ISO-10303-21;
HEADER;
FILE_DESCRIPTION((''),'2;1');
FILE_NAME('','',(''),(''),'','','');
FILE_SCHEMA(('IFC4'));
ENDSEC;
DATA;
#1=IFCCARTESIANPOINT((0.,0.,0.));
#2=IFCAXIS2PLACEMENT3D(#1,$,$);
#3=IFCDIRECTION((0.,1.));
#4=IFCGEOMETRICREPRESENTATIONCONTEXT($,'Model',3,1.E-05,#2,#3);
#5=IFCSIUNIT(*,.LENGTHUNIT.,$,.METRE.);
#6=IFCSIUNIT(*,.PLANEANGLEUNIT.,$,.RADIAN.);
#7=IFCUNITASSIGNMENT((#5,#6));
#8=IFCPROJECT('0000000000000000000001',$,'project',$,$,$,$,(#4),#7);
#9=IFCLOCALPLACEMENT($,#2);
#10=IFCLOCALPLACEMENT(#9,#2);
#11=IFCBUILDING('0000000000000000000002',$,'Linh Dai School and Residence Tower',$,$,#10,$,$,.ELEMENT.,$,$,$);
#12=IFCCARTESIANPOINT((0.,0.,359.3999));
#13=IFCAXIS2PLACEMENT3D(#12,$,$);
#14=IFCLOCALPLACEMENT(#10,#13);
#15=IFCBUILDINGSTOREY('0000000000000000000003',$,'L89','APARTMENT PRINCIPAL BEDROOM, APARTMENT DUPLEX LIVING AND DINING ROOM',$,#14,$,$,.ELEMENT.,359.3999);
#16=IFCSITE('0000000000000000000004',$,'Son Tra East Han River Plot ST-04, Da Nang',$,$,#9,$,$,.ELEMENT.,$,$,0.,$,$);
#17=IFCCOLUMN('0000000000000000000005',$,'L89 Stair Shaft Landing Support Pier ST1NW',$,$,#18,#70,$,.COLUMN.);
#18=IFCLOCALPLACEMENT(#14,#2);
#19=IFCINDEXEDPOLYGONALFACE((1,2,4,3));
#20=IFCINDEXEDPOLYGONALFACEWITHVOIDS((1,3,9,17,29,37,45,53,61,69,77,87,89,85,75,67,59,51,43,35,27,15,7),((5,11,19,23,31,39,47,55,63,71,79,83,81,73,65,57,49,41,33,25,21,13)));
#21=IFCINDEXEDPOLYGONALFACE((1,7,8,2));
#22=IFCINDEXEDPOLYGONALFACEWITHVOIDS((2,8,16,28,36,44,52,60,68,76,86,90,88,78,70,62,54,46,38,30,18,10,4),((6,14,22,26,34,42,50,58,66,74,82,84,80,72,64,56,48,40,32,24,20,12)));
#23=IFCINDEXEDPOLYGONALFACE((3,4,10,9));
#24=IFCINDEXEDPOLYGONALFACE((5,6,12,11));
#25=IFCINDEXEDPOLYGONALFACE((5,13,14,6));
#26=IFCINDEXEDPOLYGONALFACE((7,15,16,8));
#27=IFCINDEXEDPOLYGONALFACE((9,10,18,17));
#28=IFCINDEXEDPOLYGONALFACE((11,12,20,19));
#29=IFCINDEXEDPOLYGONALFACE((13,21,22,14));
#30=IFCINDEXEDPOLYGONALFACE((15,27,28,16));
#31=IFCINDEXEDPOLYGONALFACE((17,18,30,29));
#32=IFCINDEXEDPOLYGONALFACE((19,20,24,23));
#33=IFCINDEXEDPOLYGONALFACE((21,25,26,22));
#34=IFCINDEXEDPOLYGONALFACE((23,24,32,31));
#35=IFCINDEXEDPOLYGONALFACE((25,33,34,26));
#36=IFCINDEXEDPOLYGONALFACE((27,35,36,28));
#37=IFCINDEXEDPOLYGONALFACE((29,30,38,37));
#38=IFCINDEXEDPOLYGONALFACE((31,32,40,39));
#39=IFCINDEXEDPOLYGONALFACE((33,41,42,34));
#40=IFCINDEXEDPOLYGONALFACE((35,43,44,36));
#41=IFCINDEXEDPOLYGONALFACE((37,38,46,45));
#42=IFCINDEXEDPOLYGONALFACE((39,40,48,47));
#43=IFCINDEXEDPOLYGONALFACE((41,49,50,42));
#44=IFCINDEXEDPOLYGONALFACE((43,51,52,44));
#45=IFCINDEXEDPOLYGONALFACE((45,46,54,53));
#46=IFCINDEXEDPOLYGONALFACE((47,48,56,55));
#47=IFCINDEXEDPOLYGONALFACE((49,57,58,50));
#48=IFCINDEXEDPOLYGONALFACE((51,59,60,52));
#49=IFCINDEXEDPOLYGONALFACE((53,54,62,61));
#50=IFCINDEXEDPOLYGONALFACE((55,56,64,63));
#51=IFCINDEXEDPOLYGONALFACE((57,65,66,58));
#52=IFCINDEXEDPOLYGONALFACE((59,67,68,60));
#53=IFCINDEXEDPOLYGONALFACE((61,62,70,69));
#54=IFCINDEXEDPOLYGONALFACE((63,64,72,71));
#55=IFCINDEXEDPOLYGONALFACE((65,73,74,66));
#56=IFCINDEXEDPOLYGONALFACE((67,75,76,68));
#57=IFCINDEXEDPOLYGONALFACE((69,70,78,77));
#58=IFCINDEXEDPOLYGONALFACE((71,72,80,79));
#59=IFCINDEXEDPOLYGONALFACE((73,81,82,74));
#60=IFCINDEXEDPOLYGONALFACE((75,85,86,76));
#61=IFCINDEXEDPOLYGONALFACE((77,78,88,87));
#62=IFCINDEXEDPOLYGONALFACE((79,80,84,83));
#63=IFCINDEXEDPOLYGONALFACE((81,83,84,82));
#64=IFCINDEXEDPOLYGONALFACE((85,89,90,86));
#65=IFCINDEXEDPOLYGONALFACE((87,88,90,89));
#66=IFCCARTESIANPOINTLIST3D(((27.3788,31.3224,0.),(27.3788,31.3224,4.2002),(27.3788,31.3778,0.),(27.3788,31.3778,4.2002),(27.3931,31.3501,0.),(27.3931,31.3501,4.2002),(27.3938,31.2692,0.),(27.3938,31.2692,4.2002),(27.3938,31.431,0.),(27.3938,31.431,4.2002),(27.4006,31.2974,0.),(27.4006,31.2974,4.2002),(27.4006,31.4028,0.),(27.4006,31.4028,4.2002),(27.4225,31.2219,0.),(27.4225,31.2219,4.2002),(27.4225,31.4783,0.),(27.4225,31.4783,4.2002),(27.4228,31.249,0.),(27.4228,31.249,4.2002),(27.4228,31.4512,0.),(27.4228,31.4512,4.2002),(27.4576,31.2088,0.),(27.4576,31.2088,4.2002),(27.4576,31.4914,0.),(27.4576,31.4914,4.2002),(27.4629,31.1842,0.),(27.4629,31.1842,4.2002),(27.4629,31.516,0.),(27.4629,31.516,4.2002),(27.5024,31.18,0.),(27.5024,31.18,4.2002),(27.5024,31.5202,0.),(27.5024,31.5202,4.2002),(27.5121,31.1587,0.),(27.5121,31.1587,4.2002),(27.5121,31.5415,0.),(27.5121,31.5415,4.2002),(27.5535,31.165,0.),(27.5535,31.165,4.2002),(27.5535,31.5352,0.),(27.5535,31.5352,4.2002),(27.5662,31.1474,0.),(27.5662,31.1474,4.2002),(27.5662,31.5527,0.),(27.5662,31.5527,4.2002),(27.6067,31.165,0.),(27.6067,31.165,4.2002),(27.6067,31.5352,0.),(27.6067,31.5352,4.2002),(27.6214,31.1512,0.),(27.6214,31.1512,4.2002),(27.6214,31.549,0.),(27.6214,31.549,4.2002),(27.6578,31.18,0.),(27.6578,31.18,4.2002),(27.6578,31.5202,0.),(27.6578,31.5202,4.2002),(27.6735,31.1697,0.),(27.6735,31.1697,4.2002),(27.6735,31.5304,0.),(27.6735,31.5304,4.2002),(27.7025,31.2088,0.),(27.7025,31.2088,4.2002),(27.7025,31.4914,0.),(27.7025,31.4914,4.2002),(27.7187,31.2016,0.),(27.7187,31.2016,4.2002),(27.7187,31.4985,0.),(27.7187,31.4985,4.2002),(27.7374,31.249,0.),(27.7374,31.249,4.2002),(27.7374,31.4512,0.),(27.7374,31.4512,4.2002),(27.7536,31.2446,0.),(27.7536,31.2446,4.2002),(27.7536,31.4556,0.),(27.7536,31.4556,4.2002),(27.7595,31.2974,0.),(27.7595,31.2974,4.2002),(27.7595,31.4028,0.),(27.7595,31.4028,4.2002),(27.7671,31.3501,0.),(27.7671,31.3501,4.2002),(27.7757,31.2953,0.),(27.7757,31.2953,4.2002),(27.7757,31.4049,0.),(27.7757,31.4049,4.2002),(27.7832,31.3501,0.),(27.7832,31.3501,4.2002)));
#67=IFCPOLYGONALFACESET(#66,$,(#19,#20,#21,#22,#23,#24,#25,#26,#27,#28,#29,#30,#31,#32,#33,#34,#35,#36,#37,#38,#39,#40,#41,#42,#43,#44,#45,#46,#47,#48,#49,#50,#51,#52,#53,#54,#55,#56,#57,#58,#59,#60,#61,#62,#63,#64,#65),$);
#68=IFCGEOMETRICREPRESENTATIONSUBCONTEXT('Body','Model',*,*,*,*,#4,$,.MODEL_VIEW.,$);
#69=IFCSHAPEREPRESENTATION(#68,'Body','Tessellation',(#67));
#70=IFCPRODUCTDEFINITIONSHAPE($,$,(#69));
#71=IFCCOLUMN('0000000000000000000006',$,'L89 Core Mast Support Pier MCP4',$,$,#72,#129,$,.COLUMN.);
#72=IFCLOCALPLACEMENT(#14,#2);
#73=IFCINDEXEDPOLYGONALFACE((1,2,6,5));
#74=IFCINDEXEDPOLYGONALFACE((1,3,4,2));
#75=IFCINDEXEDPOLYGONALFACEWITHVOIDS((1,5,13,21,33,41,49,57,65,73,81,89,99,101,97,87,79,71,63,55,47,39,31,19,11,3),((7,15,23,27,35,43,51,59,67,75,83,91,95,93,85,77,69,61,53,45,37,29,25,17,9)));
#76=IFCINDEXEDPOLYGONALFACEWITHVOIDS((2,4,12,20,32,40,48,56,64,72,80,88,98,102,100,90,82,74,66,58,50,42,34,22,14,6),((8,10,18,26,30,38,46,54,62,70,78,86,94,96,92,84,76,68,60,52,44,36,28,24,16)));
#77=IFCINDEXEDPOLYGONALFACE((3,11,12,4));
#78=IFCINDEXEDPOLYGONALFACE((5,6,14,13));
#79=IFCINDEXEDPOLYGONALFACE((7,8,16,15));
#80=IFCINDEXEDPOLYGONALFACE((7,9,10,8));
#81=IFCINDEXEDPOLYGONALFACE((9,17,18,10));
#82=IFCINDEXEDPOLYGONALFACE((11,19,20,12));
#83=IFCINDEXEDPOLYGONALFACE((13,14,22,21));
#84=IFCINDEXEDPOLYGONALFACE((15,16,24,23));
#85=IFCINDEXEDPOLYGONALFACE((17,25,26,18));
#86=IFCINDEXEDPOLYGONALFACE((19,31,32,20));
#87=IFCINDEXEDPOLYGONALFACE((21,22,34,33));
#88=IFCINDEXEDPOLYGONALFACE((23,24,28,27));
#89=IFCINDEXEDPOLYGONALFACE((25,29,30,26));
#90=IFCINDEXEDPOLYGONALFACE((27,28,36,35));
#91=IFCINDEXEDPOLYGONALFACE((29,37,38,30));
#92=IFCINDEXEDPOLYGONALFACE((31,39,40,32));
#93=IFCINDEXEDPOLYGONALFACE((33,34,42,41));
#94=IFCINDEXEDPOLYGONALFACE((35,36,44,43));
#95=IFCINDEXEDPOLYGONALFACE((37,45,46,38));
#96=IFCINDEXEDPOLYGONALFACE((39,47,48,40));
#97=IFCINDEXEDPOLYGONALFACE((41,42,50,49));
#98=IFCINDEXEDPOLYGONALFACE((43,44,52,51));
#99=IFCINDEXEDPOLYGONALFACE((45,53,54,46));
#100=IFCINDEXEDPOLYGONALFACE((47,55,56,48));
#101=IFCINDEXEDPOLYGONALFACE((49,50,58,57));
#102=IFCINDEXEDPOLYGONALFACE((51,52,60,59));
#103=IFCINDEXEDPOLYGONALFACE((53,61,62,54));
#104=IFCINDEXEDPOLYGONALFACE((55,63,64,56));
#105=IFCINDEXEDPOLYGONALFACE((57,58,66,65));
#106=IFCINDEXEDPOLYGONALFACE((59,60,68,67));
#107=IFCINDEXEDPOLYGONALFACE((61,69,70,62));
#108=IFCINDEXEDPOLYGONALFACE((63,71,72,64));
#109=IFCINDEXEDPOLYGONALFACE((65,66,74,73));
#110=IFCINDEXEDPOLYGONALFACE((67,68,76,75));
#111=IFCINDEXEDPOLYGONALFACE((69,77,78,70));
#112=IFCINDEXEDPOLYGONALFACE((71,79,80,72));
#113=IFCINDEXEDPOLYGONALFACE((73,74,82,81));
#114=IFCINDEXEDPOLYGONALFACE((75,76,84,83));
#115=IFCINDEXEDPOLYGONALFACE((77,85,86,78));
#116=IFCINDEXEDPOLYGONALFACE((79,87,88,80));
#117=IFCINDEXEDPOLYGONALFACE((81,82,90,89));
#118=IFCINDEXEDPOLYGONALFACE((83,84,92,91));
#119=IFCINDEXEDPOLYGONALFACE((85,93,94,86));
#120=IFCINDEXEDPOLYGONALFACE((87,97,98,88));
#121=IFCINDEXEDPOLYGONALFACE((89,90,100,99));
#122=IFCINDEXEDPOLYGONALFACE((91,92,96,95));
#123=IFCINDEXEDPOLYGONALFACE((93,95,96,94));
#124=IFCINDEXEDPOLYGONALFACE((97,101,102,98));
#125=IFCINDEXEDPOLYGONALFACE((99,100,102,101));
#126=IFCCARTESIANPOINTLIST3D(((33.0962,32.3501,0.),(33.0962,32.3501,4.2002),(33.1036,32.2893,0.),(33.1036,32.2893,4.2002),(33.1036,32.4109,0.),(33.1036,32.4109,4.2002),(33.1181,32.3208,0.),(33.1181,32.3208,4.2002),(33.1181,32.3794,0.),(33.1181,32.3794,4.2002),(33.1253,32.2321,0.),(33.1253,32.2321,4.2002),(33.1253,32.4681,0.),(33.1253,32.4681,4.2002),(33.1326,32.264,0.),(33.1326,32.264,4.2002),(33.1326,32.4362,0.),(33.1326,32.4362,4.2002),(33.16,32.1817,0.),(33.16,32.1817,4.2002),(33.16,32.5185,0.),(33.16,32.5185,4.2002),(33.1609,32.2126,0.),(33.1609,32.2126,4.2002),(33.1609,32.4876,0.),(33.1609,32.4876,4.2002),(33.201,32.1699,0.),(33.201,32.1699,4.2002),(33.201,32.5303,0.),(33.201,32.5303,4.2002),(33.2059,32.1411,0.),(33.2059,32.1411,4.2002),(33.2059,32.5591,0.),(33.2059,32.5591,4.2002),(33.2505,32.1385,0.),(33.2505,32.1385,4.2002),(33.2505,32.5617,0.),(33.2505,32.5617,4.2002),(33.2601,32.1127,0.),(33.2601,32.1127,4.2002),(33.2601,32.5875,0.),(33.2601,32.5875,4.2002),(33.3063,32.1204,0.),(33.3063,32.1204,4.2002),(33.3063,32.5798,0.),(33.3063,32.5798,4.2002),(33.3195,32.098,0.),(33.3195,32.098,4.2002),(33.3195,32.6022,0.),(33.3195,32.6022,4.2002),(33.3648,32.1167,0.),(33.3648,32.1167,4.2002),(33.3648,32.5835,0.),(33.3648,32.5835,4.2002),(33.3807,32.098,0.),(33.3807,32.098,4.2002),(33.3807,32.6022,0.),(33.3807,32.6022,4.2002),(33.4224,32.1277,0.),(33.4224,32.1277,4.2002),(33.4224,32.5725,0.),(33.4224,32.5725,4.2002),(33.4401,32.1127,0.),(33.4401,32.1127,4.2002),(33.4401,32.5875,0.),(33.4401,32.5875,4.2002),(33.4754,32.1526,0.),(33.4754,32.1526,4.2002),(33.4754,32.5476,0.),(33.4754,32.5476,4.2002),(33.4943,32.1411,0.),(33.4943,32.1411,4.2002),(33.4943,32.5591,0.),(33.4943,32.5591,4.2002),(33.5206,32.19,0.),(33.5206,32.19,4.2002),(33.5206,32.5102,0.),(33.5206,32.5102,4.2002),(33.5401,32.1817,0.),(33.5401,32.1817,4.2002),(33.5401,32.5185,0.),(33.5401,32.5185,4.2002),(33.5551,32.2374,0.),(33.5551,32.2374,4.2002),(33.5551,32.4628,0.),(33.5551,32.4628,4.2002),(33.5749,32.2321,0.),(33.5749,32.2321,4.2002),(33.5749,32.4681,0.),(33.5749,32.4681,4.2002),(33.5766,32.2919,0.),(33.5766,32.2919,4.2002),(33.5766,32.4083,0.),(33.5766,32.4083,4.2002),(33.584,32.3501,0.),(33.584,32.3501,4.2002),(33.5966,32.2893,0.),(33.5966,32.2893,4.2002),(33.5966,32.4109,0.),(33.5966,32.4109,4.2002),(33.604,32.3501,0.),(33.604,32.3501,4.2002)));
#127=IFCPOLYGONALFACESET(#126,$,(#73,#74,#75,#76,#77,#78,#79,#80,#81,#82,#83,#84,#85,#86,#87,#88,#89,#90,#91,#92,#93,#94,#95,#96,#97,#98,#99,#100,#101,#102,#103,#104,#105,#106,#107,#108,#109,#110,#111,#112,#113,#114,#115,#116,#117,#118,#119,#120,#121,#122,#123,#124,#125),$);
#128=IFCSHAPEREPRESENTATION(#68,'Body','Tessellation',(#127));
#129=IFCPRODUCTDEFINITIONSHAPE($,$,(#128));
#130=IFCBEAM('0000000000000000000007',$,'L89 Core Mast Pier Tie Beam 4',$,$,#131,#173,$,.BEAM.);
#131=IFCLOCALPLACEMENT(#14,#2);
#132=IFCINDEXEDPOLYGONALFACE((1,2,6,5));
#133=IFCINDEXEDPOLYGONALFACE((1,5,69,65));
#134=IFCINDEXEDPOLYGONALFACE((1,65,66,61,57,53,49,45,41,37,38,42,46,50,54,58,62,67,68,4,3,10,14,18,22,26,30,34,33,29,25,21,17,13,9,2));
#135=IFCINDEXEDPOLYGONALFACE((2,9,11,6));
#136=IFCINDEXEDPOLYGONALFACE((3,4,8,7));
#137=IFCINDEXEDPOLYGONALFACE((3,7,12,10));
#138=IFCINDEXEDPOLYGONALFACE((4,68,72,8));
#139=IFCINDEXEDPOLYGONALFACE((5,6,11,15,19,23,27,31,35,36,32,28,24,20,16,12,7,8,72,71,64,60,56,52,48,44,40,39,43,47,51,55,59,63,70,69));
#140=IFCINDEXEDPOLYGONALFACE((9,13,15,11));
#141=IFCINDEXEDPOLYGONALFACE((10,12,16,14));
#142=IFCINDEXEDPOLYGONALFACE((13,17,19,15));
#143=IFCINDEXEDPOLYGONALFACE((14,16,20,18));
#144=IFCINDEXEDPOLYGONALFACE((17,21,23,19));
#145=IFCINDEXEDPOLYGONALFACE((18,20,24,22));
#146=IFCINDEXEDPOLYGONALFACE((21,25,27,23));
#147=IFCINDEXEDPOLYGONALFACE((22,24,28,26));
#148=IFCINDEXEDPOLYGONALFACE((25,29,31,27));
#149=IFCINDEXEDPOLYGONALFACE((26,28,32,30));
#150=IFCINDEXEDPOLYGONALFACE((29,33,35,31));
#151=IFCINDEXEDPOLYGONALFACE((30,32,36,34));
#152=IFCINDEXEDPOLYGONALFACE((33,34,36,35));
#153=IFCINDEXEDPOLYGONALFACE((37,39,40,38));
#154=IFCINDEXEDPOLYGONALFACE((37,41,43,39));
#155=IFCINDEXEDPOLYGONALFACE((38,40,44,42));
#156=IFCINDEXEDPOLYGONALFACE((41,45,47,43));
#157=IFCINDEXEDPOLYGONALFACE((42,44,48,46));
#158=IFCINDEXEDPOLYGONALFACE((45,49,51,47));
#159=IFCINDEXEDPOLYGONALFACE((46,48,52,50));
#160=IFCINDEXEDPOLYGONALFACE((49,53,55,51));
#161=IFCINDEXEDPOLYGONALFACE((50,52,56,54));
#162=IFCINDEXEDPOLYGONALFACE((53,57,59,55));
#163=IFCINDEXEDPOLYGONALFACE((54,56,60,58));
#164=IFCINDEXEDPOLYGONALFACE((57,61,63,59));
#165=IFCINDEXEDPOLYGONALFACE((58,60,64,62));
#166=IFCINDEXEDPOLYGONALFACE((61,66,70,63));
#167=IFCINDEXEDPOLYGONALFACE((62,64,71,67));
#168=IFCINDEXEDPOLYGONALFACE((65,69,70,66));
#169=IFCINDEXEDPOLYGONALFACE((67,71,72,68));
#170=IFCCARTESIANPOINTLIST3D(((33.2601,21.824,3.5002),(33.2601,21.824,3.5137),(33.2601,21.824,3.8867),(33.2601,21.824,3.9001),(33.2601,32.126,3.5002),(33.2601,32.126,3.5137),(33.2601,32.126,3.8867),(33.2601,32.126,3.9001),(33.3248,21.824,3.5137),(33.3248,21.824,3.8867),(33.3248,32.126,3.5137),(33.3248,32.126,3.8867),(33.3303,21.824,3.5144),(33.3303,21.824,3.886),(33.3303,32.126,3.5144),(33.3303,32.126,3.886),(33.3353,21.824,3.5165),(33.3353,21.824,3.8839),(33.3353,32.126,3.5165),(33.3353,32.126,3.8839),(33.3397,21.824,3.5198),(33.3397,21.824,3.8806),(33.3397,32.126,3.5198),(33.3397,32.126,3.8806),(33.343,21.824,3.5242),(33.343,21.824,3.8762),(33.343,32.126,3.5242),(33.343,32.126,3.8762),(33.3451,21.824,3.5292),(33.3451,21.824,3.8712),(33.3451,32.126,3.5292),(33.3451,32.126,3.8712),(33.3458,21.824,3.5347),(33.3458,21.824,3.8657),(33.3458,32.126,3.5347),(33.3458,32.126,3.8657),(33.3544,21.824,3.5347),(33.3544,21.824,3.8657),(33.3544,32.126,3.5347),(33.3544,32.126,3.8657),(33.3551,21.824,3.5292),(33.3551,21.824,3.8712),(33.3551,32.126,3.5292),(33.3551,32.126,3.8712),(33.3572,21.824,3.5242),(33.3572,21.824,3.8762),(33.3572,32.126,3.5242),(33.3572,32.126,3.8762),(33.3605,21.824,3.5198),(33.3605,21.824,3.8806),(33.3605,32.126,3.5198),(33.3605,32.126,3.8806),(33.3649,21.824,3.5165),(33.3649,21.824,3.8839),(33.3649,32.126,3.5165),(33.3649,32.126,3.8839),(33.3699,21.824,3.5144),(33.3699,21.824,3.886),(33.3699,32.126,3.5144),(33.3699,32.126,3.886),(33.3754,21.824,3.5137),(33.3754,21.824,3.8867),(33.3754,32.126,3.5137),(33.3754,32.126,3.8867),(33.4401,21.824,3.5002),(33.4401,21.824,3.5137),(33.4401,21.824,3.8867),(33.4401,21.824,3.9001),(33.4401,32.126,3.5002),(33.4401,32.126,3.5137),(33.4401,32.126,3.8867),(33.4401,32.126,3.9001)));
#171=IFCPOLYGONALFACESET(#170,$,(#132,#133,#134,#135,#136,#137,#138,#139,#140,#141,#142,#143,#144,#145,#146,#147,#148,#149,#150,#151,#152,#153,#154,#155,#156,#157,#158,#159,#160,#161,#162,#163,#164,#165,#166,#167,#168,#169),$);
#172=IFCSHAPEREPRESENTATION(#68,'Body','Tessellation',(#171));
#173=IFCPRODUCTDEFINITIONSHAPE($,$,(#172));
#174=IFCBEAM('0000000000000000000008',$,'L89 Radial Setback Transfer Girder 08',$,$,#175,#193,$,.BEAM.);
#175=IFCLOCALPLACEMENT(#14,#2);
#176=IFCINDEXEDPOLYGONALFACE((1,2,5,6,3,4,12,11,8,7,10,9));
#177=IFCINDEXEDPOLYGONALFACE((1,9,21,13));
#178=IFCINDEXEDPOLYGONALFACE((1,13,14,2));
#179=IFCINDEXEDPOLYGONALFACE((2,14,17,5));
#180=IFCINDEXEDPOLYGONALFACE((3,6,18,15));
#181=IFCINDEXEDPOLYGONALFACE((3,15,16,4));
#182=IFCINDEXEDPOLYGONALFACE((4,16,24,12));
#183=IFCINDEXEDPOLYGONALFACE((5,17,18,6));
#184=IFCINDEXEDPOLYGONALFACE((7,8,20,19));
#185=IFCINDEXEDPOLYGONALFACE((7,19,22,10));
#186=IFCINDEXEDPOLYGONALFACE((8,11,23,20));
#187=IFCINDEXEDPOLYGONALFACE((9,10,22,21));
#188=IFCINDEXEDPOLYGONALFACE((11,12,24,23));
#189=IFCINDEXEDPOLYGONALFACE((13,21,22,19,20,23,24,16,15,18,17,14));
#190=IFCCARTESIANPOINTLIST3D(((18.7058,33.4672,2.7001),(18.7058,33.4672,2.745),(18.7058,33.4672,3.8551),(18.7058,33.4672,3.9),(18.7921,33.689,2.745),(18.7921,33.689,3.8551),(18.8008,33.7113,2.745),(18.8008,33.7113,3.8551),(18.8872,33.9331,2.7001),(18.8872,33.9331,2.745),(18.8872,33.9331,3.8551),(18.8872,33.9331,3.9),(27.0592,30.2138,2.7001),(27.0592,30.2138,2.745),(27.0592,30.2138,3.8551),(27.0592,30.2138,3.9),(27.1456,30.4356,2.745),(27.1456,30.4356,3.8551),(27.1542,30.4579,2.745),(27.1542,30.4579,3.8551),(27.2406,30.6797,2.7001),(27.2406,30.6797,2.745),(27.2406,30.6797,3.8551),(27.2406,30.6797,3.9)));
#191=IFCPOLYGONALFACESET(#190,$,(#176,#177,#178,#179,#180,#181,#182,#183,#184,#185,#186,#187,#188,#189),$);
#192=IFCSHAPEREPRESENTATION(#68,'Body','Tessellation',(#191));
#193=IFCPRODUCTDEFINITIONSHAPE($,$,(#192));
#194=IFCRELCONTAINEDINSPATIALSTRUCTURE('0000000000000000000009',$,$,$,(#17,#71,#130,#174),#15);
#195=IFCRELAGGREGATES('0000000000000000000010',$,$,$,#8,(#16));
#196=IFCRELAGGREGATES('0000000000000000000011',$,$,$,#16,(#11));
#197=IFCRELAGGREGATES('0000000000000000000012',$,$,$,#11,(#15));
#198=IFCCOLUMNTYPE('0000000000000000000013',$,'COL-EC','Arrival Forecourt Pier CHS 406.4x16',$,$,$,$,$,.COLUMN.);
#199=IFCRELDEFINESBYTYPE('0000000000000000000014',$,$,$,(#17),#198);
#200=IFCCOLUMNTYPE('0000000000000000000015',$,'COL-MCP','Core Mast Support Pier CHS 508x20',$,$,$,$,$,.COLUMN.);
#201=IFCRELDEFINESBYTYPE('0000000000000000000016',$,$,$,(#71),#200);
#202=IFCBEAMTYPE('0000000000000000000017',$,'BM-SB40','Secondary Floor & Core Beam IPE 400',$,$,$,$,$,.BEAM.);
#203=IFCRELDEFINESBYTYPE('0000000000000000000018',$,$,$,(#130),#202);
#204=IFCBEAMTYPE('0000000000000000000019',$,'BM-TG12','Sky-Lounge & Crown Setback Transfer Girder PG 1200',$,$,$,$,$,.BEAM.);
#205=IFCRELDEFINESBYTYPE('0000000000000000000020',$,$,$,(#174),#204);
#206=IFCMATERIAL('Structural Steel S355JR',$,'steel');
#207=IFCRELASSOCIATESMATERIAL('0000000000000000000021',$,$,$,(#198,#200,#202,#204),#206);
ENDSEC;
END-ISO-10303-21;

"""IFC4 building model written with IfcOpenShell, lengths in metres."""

from ifc_helpers import new_model, si_unit, direction, frame, origin, origin_2d, place, context, subcontext, project, spatial, hollow_circle, i_section, extrude, material, material_profile, profile_set, type_object, element, save


model = new_model("IFC4")

# Units and contexts
model_context = context("Model", 3, precision=1e-05, world=origin(), true_north=direction((0.0, 1.0)))
body_context = subcontext(model_context, "Body", "Model", "MODEL_VIEW")
ifc_project = project(units=[si_unit("LENGTHUNIT", "METRE"), si_unit("PLANEANGLEUNIT", "RADIAN")], contexts=[model_context])

# Site, building, storey
site_placement = place(None, origin())
site = spatial("IfcSite", under=ifc_project, at=site_placement, Name="Son Tra East Han River Plot ST-04, Da Nang", CompositionType="ELEMENT", RefElevation=0.0)
building_placement = place(site_placement, origin())
building = spatial("IfcBuilding", under=site, at=building_placement, Name="Linh Dai School and Residence Tower", CompositionType="ELEMENT")
storey_placement = place(building_placement, frame((0.0, 0.0, 359.3999)))
storey = spatial("IfcBuildingStorey", under=building, at=storey_placement, Name="L89", Description="APARTMENT PRINCIPAL BEDROOM, APARTMENT DUPLEX LIVING AND DINING ROOM", CompositionType="ELEMENT", Elevation=359.3999)

# Columns
ifc_material_1 = material(Name="Structural Steel S355JR", Category="steel")
ifc_material_profile_1 = material_profile(ifc_material_1, hollow_circle(Radius=0.2031, WallThickness=0.0161, at=origin_2d()), Name="CHS 406.4x16")
ifc_profile_set_1 = profile_set([ifc_material_profile_1], Name="Structural Steel S355JR")
column_type_1 = type_object("IfcColumnType", Name="COL-EC", Description="Arrival Forecourt Pier CHS 406.4x16", PredefinedType="COLUMN", material=ifc_profile_set_1)
column_1_placement = place(storey_placement, frame((27.5801, 31.3501, 0.0), z_axis=(0.0, 0.0, 1.0), x_axis=(1.0, 0.0, 0.0)))
element("IfcColumn", 1, at=column_1_placement, inside=storey, type_object=column_type_1, Name="L89 Stair Shaft Landing Support Pier ST1NW", PredefinedType="COLUMN", context=body_context, shape_type="SweptSolid", body=[
    extrude(hollow_circle(Radius=0.2031, WallThickness=0.0161, at=origin_2d()), origin(), (0.0, 0.0, 1.0), 4.2002),
])
ifc_material_profile_2 = material_profile(ifc_material_1, hollow_circle(Radius=0.2539, WallThickness=0.02, at=origin_2d()), Name="CHS 508x20")
ifc_profile_set_2 = profile_set([ifc_material_profile_2], Name="Structural Steel S355JR")
column_type_2 = type_object("IfcColumnType", Name="COL-MCP", Description="Core Mast Support Pier CHS 508x20", PredefinedType="COLUMN", material=ifc_profile_set_2)
column_2_placement = place(storey_placement, frame((33.3501, 32.3501, 0.0), z_axis=(0.0, 0.0, 1.0), x_axis=(1.0, 0.0, 0.0)))
element("IfcColumn", 2, at=column_2_placement, inside=storey, type_object=column_type_2, Name="L89 Core Mast Support Pier MCP4", PredefinedType="COLUMN", context=body_context, shape_type="SweptSolid", body=[
    extrude(hollow_circle(Radius=0.2539, WallThickness=0.02, at=origin_2d()), origin(), (0.0, 0.0, 1.0), 4.2002),
])

# Beams
ifc_material_profile_3 = material_profile(ifc_material_1, i_section(OverallWidth=0.1799, OverallDepth=0.3999, WebThickness=0.0085, FlangeThickness=0.0134, FilletRadius=0.021, at=origin_2d()), Name="IPE 400")
ifc_profile_set_3 = profile_set([ifc_material_profile_3], Name="Structural Steel S355JR")
beam_type_1 = type_object("IfcBeamType", Name="BM-SB40", Description="Secondary Floor & Core Beam IPE 400", PredefinedType="BEAM", material=ifc_profile_set_3)
beam_1_placement = place(storey_placement, frame((33.3501, 32.126, 3.7002), z_axis=(0.0, -1.0, 0.0), x_axis=(1.0, 0.0, 0.0)))
element("IfcBeam", 3, at=beam_1_placement, inside=storey, type_object=beam_type_1, Name="L89 Core Mast Pier Tie Beam 4", PredefinedType="BEAM", context=body_context, shape_type="SweptSolid", body=[
    extrude(i_section(OverallWidth=0.1799, OverallDepth=0.3999, WebThickness=0.0085, FlangeThickness=0.0134, FilletRadius=0.021, at=origin_2d()), origin(), (0.0, 0.0, 1.0), 10.302),
])
ifc_material_profile_4 = material_profile(ifc_material_1, i_section(OverallWidth=0.5, OverallDepth=1.2, WebThickness=0.0239, FlangeThickness=0.0449, at=origin_2d()), Name="PG 1200x500x24x45")
ifc_profile_set_4 = profile_set([ifc_material_profile_4], Name="Structural Steel S355JR")
beam_type_2 = type_object("IfcBeamType", Name="BM-TG12", Description="Sky-Lounge & Crown Setback Transfer Girder PG 1200", PredefinedType="BEAM", material=ifc_profile_set_4)
beam_2_placement = place(storey_placement, frame((27.1499, 30.4468, 3.3), z_axis=(-0.931823, 0.362914, 0.0), x_axis=(-0.362914, -0.931823, 0.0)))
element("IfcBeam", 4, at=beam_2_placement, inside=storey, type_object=beam_type_2, Name="L89 Radial Setback Transfer Girder 08", PredefinedType="BEAM", context=body_context, shape_type="SweptSolid", body=[
    extrude(i_section(OverallWidth=0.5, OverallDepth=1.2, WebThickness=0.0239, FlangeThickness=0.0449, at=origin_2d()), origin(), (0.0, 0.0, 1.0), 8.9646),
])

save(model, "model.ifc")
